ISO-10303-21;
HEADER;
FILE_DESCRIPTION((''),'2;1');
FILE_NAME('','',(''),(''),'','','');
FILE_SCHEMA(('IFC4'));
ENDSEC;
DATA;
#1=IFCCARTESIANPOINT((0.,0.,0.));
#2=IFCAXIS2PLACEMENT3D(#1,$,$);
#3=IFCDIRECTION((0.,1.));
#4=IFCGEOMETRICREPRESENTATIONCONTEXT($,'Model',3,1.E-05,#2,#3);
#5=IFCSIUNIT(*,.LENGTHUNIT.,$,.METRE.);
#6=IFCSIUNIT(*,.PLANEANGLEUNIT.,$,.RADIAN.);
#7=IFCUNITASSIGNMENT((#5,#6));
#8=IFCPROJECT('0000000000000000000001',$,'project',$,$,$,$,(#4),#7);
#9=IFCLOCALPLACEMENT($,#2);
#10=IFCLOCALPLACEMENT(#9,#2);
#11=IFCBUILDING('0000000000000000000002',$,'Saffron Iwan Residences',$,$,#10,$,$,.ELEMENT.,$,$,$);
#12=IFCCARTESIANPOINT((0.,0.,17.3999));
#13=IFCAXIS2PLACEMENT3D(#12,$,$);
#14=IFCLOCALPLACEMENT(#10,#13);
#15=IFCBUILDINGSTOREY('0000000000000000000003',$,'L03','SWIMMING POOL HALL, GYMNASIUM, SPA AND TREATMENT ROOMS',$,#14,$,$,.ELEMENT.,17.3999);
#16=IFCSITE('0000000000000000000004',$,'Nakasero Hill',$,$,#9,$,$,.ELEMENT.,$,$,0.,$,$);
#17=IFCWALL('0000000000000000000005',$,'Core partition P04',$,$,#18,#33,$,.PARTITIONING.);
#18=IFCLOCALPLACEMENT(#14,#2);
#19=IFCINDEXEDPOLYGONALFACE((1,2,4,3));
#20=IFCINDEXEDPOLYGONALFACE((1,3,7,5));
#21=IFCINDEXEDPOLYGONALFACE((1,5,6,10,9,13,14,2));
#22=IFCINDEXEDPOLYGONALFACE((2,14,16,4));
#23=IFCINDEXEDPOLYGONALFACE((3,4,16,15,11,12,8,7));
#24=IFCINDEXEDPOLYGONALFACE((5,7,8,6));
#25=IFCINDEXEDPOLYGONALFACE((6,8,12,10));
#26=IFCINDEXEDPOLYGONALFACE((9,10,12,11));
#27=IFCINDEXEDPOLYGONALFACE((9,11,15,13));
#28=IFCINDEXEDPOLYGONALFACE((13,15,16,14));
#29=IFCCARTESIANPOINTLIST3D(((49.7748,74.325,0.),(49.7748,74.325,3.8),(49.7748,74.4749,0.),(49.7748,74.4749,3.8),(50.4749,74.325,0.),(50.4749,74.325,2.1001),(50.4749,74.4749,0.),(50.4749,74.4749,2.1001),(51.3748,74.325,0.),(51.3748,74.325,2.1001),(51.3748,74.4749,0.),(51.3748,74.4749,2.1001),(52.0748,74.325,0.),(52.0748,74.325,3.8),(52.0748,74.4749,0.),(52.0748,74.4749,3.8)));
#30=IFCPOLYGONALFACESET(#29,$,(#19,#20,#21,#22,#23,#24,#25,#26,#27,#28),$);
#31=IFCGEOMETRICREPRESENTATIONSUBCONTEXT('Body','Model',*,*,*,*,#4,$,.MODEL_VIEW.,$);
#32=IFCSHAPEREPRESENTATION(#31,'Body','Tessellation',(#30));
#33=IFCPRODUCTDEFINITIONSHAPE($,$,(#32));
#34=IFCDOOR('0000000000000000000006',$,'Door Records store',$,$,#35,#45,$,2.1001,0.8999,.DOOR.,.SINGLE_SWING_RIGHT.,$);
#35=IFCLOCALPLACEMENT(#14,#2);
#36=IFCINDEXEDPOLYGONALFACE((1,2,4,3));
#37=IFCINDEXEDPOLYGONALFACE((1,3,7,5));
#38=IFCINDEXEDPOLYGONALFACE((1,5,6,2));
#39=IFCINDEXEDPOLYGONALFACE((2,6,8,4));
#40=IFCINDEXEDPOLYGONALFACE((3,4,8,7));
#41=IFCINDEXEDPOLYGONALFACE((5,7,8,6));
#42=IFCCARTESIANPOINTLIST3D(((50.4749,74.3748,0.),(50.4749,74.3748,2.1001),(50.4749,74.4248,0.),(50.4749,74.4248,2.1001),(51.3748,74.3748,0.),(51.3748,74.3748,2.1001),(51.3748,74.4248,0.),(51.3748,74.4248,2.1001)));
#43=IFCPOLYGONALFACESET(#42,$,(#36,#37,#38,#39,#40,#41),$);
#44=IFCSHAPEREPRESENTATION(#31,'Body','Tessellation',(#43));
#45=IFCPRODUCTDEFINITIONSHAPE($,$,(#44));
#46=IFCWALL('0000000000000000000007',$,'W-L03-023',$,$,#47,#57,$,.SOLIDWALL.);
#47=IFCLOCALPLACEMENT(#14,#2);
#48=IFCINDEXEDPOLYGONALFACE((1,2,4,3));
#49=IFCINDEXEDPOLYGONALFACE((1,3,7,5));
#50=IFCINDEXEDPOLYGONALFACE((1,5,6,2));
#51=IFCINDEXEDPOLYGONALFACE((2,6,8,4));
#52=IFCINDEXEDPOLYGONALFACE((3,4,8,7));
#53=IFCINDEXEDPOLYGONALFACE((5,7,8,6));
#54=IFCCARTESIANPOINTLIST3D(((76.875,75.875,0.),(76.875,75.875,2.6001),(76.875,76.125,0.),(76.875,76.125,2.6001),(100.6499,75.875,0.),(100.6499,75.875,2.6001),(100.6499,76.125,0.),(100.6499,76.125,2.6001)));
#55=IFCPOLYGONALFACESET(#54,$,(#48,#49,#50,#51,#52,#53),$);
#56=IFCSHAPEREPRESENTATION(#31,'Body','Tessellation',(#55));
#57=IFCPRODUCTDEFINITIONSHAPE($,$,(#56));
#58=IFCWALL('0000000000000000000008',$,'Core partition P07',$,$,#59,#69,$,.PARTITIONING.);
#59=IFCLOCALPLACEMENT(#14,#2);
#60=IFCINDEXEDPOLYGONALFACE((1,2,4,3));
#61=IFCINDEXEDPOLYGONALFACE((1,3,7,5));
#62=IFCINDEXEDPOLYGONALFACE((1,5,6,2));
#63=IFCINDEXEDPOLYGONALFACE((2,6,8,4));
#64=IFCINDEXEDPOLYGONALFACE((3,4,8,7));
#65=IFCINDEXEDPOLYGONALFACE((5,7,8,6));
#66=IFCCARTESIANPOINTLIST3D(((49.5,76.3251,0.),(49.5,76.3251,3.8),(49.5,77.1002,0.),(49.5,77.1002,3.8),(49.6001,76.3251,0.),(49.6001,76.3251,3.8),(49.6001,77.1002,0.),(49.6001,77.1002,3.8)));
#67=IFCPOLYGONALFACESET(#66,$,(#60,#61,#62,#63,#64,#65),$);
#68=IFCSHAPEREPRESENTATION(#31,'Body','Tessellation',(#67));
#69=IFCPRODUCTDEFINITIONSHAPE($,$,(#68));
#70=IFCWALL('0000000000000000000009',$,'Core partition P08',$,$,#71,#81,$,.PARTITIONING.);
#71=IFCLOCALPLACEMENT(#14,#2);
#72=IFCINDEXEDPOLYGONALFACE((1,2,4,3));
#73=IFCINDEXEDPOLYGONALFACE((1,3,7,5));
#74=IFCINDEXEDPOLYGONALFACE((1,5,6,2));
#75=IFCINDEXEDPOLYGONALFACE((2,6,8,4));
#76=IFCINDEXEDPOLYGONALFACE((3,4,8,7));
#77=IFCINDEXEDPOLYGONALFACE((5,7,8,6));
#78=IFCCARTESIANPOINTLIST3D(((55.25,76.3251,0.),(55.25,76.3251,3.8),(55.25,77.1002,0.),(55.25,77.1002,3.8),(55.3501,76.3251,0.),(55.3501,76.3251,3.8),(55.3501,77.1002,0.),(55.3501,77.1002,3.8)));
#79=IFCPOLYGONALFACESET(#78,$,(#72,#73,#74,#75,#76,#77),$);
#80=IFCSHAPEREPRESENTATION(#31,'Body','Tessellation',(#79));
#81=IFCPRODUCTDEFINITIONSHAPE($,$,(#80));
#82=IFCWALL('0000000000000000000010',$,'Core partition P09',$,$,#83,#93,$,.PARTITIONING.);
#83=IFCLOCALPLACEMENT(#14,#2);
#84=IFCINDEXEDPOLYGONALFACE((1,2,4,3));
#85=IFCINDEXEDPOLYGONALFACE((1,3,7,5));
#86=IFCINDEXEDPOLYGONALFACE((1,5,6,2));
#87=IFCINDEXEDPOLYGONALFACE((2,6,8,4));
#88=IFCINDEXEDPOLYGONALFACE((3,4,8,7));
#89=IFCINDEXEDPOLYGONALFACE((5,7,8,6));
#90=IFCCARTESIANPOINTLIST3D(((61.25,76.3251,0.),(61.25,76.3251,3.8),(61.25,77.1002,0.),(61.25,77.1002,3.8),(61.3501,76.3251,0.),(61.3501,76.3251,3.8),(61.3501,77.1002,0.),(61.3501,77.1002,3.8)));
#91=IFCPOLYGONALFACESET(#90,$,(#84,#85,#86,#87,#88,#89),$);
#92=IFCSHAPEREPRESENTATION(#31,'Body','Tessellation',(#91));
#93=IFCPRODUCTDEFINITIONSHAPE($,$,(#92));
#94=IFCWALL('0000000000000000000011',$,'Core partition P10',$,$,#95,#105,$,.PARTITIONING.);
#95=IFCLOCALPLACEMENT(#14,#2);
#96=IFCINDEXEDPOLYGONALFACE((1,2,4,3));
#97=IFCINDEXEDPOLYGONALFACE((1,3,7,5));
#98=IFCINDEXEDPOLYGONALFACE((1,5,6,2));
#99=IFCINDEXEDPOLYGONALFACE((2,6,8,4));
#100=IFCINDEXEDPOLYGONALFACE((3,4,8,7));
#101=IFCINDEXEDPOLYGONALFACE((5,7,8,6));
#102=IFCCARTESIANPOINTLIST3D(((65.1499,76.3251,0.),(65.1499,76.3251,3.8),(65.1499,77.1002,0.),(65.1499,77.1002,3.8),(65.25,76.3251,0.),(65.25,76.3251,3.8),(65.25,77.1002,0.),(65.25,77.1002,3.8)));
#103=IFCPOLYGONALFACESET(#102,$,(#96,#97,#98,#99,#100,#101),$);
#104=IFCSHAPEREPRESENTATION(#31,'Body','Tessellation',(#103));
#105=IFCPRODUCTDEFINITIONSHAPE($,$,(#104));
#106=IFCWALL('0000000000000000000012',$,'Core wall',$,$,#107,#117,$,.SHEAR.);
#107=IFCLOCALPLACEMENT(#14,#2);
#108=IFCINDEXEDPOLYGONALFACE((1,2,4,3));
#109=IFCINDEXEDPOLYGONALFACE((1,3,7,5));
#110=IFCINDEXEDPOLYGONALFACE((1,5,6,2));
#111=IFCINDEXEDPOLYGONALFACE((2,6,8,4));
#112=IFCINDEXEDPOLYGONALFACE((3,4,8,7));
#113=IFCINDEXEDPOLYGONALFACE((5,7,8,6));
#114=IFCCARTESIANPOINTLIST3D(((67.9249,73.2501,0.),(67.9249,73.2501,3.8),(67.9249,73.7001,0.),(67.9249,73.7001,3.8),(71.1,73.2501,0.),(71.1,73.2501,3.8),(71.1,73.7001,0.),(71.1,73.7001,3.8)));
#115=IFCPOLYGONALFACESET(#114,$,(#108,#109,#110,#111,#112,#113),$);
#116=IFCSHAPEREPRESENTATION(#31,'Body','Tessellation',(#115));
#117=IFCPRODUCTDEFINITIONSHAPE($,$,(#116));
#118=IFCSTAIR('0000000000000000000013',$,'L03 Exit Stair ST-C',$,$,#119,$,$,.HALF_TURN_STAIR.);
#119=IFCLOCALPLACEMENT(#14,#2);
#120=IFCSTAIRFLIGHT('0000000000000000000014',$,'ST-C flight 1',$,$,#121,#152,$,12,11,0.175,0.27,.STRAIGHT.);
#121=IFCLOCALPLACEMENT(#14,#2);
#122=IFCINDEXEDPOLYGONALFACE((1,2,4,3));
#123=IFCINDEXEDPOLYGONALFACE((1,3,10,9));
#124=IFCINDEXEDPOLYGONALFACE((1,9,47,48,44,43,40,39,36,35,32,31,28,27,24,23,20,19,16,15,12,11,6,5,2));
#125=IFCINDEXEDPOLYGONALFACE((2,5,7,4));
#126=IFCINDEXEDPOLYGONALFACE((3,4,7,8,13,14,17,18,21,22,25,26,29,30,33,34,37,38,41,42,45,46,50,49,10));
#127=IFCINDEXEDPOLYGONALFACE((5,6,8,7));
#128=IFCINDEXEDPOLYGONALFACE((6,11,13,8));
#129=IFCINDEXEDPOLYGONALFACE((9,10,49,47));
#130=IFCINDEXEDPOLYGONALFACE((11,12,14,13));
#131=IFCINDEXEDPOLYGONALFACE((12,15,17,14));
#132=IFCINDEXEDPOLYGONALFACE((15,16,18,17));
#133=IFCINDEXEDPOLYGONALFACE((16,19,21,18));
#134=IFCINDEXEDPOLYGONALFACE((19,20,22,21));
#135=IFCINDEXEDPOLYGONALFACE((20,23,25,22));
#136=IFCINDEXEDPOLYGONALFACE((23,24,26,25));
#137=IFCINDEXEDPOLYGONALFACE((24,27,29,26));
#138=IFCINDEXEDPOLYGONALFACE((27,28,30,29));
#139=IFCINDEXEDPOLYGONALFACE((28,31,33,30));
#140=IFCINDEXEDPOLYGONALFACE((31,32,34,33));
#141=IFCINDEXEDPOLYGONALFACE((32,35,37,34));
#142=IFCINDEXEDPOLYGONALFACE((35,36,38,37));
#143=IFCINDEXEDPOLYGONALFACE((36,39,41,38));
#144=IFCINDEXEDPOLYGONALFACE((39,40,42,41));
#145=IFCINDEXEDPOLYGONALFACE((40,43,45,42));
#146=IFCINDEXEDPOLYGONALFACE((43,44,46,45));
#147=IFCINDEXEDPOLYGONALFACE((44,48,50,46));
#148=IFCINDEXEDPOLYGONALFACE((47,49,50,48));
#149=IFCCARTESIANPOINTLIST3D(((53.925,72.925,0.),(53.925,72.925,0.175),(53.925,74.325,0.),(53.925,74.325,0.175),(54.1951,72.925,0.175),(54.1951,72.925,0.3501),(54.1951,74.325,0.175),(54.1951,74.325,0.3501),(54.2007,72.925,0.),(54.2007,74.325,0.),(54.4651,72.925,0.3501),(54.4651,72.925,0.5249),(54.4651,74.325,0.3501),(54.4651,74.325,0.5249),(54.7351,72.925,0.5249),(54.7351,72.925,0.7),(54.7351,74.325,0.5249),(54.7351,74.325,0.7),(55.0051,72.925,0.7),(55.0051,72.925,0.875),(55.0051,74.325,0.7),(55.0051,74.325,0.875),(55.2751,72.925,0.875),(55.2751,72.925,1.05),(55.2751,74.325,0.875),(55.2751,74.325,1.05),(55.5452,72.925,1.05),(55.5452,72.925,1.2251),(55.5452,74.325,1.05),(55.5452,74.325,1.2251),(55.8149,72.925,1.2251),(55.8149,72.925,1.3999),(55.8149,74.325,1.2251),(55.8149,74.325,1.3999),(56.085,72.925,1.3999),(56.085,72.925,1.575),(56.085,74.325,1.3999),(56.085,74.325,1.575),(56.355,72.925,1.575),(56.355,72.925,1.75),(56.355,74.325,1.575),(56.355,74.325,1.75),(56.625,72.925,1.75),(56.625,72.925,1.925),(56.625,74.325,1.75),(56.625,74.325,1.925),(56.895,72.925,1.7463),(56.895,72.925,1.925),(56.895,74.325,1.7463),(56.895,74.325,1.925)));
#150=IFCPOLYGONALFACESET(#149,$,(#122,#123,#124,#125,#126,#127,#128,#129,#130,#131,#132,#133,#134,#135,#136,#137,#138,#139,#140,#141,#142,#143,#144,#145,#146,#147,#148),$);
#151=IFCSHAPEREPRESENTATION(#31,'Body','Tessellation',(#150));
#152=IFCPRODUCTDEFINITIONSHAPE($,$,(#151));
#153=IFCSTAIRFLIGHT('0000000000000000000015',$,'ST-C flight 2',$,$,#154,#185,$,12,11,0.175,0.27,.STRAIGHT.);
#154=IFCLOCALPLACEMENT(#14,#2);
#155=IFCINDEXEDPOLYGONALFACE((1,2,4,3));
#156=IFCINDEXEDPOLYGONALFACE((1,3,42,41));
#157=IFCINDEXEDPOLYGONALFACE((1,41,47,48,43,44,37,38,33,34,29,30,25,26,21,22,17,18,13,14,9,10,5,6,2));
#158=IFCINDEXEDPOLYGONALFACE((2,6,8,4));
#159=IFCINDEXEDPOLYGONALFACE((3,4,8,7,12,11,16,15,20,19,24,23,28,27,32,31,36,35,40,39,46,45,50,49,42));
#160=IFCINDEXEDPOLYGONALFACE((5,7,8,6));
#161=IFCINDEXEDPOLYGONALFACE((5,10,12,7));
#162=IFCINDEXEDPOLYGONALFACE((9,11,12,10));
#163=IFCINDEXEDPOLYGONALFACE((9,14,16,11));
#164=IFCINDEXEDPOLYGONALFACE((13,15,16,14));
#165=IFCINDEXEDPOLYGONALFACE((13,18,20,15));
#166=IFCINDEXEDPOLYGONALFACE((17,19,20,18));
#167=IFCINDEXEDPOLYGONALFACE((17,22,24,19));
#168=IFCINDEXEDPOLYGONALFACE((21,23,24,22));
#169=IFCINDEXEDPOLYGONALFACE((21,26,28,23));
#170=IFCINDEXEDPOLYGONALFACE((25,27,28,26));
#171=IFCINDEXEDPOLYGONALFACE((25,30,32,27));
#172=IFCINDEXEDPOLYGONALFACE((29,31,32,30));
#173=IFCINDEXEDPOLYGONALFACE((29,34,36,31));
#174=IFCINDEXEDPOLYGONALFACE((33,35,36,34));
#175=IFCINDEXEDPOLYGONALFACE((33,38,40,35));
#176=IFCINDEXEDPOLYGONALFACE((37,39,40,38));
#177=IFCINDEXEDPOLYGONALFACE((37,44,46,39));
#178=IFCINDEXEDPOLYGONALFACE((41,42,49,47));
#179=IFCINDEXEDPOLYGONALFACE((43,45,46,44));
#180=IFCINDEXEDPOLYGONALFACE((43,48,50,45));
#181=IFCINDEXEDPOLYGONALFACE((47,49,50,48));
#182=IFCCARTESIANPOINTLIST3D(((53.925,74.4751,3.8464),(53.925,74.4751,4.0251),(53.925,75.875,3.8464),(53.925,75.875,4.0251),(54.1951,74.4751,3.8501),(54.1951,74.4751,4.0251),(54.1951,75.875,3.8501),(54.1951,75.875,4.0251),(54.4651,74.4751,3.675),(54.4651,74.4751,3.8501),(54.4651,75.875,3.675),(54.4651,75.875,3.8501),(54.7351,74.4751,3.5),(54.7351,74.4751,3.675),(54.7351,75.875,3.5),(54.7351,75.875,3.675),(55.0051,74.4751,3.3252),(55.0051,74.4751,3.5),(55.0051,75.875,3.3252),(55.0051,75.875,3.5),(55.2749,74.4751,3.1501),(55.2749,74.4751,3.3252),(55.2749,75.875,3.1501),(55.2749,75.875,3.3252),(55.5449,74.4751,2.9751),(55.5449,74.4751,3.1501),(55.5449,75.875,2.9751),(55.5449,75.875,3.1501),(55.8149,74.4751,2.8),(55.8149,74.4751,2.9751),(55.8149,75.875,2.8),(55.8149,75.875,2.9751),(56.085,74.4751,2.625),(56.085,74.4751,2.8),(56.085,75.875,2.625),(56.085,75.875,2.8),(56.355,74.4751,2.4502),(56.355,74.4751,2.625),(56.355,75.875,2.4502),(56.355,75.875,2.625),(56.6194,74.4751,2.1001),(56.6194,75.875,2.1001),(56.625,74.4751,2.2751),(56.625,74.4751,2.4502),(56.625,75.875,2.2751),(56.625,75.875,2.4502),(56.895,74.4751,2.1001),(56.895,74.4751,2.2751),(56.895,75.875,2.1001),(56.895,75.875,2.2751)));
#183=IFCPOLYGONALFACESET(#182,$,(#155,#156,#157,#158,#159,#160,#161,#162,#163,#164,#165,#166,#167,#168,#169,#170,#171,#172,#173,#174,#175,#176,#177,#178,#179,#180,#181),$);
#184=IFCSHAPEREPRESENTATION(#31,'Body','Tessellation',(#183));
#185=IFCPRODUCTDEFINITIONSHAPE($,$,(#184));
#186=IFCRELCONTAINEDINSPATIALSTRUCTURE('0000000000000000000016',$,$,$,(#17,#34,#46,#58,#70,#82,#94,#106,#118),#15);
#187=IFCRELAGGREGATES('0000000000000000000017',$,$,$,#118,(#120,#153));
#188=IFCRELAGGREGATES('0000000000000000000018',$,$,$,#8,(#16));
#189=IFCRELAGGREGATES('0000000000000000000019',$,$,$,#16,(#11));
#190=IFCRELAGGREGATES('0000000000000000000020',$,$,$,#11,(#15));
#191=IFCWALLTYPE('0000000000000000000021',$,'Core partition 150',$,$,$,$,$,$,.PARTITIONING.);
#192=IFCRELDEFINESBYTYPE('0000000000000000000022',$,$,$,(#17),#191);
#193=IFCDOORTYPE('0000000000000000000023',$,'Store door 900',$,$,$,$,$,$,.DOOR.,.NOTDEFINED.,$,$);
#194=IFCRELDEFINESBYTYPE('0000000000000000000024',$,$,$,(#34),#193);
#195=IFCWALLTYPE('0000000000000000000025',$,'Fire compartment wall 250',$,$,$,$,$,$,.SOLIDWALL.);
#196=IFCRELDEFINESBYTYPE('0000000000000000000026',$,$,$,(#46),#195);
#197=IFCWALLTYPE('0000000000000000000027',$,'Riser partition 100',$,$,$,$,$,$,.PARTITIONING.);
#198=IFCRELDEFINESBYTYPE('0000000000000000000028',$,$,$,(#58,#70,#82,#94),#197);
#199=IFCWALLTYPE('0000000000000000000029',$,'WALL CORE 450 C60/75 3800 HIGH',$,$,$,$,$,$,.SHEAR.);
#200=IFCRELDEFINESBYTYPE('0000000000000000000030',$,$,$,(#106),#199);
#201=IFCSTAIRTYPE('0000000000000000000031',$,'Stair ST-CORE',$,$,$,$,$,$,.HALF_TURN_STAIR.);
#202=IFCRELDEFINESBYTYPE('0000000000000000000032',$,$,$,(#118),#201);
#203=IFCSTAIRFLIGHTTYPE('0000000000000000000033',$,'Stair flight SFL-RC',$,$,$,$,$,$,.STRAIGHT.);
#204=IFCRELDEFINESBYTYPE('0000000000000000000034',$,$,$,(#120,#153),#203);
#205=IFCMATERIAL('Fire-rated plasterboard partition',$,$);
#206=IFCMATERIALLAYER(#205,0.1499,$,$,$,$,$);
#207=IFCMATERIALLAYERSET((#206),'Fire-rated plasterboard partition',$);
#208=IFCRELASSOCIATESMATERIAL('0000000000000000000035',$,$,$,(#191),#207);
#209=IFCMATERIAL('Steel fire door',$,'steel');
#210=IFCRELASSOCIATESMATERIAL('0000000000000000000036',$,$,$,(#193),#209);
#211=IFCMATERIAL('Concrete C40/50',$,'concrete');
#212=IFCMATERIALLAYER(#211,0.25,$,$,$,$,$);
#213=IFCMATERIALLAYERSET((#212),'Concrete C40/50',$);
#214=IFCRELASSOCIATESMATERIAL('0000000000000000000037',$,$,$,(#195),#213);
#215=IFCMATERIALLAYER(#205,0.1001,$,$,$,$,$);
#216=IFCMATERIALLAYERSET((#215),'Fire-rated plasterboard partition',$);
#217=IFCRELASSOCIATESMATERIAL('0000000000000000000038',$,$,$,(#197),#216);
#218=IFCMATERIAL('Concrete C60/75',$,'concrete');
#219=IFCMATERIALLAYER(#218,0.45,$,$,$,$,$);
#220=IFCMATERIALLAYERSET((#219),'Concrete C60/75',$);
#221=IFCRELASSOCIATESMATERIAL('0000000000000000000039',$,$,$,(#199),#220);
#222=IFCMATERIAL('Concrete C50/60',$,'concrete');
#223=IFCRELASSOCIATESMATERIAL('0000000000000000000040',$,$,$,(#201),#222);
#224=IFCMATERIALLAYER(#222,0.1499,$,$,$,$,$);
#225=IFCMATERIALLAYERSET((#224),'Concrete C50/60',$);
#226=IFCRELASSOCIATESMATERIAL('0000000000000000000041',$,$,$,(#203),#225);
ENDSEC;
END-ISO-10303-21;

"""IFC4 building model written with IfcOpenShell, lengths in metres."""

from ifc_helpers import new_model, si_unit, direction, frame, frame_2d, origin, place, context, subcontext, project, spatial, polyline, rectangle, outline, extrude, material, layer, layer_set, type_object, element, fill, aggregate, save


model = new_model("IFC4")

# Units and contexts
model_context = context("Model", 3, precision=1e-05, world=origin(), true_north=direction((0.0, 1.0)))
body_context = subcontext(model_context, "Body", "Model", "MODEL_VIEW")
ifc_project = project(units=[si_unit("LENGTHUNIT", "METRE"), si_unit("PLANEANGLEUNIT", "RADIAN")], contexts=[model_context])

# Site, building, storey
site_placement = place(None, origin())
site = spatial("IfcSite", under=ifc_project, at=site_placement, Name="Nakasero Hill", CompositionType="ELEMENT", RefElevation=0.0)
building_placement = place(site_placement, origin())
building = spatial("IfcBuilding", under=site, at=building_placement, Name="Saffron Iwan Residences", CompositionType="ELEMENT")
storey_placement = place(building_placement, frame((0.0, 0.0, 17.3999)))
storey = spatial("IfcBuildingStorey", under=building, at=storey_placement, Name="L03", Description="SWIMMING POOL HALL, GYMNASIUM, SPA AND TREATMENT ROOMS", CompositionType="ELEMENT", Elevation=17.3999)

# Shared definitions
ifc_material_1 = material(Name="Concrete C50/60", Category="concrete")

# Wall, opening, door
ifc_material_2 = material(Name="Fire-rated plasterboard partition")
ifc_layer_1 = layer(ifc_material_2, 0.1499)
ifc_layer_set_1 = layer_set([ifc_layer_1], Name="Fire-rated plasterboard partition")
wall_type_1 = type_object("IfcWallType", Name="Core partition 150", PredefinedType="PARTITIONING", material=ifc_layer_set_1)
wall_1_placement = place(storey_placement, frame((49.7749, 74.3999, 0.0), z_axis=(0.0, 0.0, 1.0), x_axis=(1.0, 0.0, 0.0)))
wall_1 = element("IfcWall", 1, at=wall_1_placement, inside=storey, type_object=wall_type_1, Name="Core partition P04", PredefinedType="PARTITIONING", context=body_context, shape_type="SweptSolid", body=[
    extrude(rectangle(XDim=2.3, YDim=0.1499, at=frame_2d((1.1499, 0.0))), origin(), (0.0, 0.0, 1.0), 3.8),
])
opening_placement = place(wall_1_placement, frame((0.7, 0.0, 0.0)))
opening = element("IfcOpeningElement", 2, at=opening_placement, cuts=wall_1, PredefinedType="OPENING", context=body_context, shape_type="SweptSolid", body=[
    extrude(rectangle(XDim=0.8999, YDim=2.1001, at=frame_2d((0.45, 1.05))), frame((0.0, 0.085, 0.0), z_axis=(0.0, -1.0, 0.0), x_axis=(1.0, 0.0, 0.0)), (0.0, 0.0, 1.0), 0.1699),
])
ifc_material_3 = material(Name="Steel fire door", Category="steel")
door_type = type_object("IfcDoorType", Name="Store door 900", OperationType="NOTDEFINED", PredefinedType="DOOR", material=ifc_material_3)
door_placement = place(opening_placement, origin())
door = element("IfcDoor", 3, at=door_placement, inside=storey, type_object=door_type, Name="Door Records store", OperationType="SINGLE_SWING_RIGHT", OverallHeight=2.1001, OverallWidth=0.8999, PredefinedType="DOOR", context=body_context, shape_type="SweptSolid", body=[
    extrude(rectangle(XDim=0.8999, YDim=2.1001, at=frame_2d((0.45, 1.05))), frame((0.0, 0.0249, 0.0), z_axis=(0.0, -1.0, 0.0), x_axis=(1.0, 0.0, 0.0)), (0.0, 0.0, 1.0), 0.05),
])
fill(opening, door)

# Walls
ifc_material_4 = material(Name="Concrete C40/50", Category="concrete")
ifc_layer_2 = layer(ifc_material_4, 0.25)
ifc_layer_set_2 = layer_set([ifc_layer_2], Name="Concrete C40/50")
wall_type_2 = type_object("IfcWallType", Name="Fire compartment wall 250", PredefinedType="SOLIDWALL", material=ifc_layer_set_2)
wall_2_placement = place(storey_placement, frame((76.875, 76.0, 0.0), z_axis=(0.0, 0.0, 1.0), x_axis=(1.0, 0.0, 0.0)))
element("IfcWall", 4, at=wall_2_placement, inside=storey, type_object=wall_type_2, Name="W-L03-023", PredefinedType="SOLIDWALL", context=body_context, shape_type="SweptSolid", body=[
    extrude(rectangle(XDim=23.7749, YDim=0.25, at=frame_2d((11.8875, 0.0))), origin(), (0.0, 0.0, 1.0), 2.6001),
])
ifc_layer_3 = layer(ifc_material_2, 0.1001)
ifc_layer_set_3 = layer_set([ifc_layer_3], Name="Fire-rated plasterboard partition")
wall_type_3 = type_object("IfcWallType", Name="Riser partition 100", PredefinedType="PARTITIONING", material=ifc_layer_set_3)
for number, where, z_axis, x_axis, name in (
    (5, (49.55, 76.325, 0.0), (0.0, 0.0, 1.0), (0.0, 1.0, 0.0), "Core partition P07"),
    (6, (55.3, 76.325, 0.0), (0.0, 0.0, 1.0), (0.0, 1.0, 0.0), "Core partition P08"),
    (7, (61.3, 76.325, 0.0), (0.0, 0.0, 1.0), (0.0, 1.0, 0.0), "Core partition P09"),
    (8, (65.2, 76.325, 0.0), (0.0, 0.0, 1.0), (0.0, 1.0, 0.0), "Core partition P10"),
):
    element("IfcWall", number, at=place(storey_placement, frame(where, z_axis=z_axis, x_axis=x_axis)), inside=storey, type_object=wall_type_3, Name=name, PredefinedType="PARTITIONING", context=body_context, shape_type="SweptSolid", body=[
        extrude(rectangle(XDim=0.7751, YDim=0.1001, at=frame_2d((0.3877, 0.0))), origin(), (0.0, 0.0, 1.0), 3.8),
    ])
ifc_material_5 = material(Name="Concrete C60/75", Category="concrete")
ifc_layer_4 = layer(ifc_material_5, 0.45)
ifc_layer_set_4 = layer_set([ifc_layer_4], Name="Concrete C60/75")
wall_type_4 = type_object("IfcWallType", Name="WALL CORE 450 C60/75 3800 HIGH", PredefinedType="SHEAR", material=ifc_layer_set_4)
wall_3_placement = place(storey_placement, frame((67.925, 73.4751, 0.0), z_axis=(0.0, 0.0, 1.0), x_axis=(1.0, 0.0, 0.0)))
element("IfcWall", 9, at=wall_3_placement, inside=storey, type_object=wall_type_4, Name="Core wall", PredefinedType="SHEAR", context=body_context, shape_type="SweptSolid", body=[
    extrude(rectangle(XDim=3.175, YDim=0.45, at=frame_2d((1.5874, 0.0))), origin(), (0.0, 0.0, 1.0), 3.8),
])

# Stair, stair flights
stair_type = type_object("IfcStairType", Name="Stair ST-CORE", PredefinedType="HALF_TURN_STAIR", material=ifc_material_1)
stair_placement = place(storey_placement, origin())
stair = element("IfcStair", 10, at=stair_placement, inside=storey, type_object=stair_type, Name="L03 Exit Stair ST-C", PredefinedType="HALF_TURN_STAIR")
ifc_layer_5 = layer(ifc_material_1, 0.1499)
ifc_layer_set_5 = layer_set([ifc_layer_5], Name="Concrete C50/60")
stair_flight_type = type_object("IfcStairFlightType", Name="Stair flight SFL-RC", PredefinedType="STRAIGHT", material=ifc_layer_set_5)
stair_flight_1_placement = place(storey_placement, frame((53.925, 73.625, 0.0), z_axis=(0.0, 0.0, 1.0), x_axis=(1.0, 0.0, 0.0)))
stair_flight_1 = element("IfcStairFlight", 11, at=stair_flight_1_placement, type_object=stair_flight_type, Name="ST-C flight 1", NumberOfRisers=12, NumberOfTreads=11, PredefinedType="STRAIGHT", RiserHeight=0.175, TreadLength=0.27, context=body_context, shape_type="SweptSolid", body=[
    extrude(outline(polyline([(0.0, 0.0), (0.0, 0.175), (0.27, 0.175), (0.27, 0.3501), (0.54, 0.3501), (0.54, 0.5249), (0.8101, 0.5249), (0.8101, 0.7), (1.0801, 0.7), (1.0801, 0.875), (1.3501, 0.875), (1.3501, 1.05), (1.6201, 1.05), (1.6201, 1.2251), (1.8899, 1.2251), (1.8899, 1.3999), (2.1599, 1.3999), (2.1599, 1.575), (2.4299, 1.575), (2.4299, 1.75), (2.7, 1.75), (2.7, 1.925), (2.97, 1.925), (2.97, 2.1001), (2.97, 1.7463), (0.2756, 0.0), (0.0, 0.0)])), frame((0.0, 0.7, 0.0), z_axis=(0.0, -1.0, 0.0), x_axis=(1.0, 0.0, 0.0)), (0.0, 0.0, 1.0), 1.3999),
])
stair_flight_2_placement = place(storey_placement, frame((56.895, 75.175, 2.1001), z_axis=(0.0, 0.0, 1.0), x_axis=(-1.0, 0.0, 0.0)))
stair_flight_2 = element("IfcStairFlight", 12, at=stair_flight_2_placement, type_object=stair_flight_type, Name="ST-C flight 2", NumberOfRisers=12, NumberOfTreads=11, PredefinedType="STRAIGHT", RiserHeight=0.175, TreadLength=0.27, context=body_context, shape_type="SweptSolid", body=[
    extrude(outline(polyline([(0.0, 0.0), (0.0, 0.175), (0.27, 0.175), (0.27, 0.3501), (0.54, 0.3501), (0.54, 0.5249), (0.8101, 0.5249), (0.8101, 0.7), (1.0801, 0.7), (1.0801, 0.875), (1.3501, 0.875), (1.3501, 1.05), (1.6201, 1.05), (1.6201, 1.2251), (1.8899, 1.2251), (1.8899, 1.3999), (2.1599, 1.3999), (2.1599, 1.575), (2.4299, 1.575), (2.4299, 1.75), (2.7, 1.75), (2.7, 1.925), (2.97, 1.925), (2.97, 2.1001), (2.97, 1.7463), (0.2756, 0.0), (0.0, 0.0)])), frame((0.0, 0.7, 0.0), z_axis=(0.0, -1.0, 0.0), x_axis=(1.0, 0.0, 0.0)), (0.0, 0.0, 1.0), 1.3999),
])
aggregate(stair, [stair_flight_1, stair_flight_2])

save(model, "model.ifc")
